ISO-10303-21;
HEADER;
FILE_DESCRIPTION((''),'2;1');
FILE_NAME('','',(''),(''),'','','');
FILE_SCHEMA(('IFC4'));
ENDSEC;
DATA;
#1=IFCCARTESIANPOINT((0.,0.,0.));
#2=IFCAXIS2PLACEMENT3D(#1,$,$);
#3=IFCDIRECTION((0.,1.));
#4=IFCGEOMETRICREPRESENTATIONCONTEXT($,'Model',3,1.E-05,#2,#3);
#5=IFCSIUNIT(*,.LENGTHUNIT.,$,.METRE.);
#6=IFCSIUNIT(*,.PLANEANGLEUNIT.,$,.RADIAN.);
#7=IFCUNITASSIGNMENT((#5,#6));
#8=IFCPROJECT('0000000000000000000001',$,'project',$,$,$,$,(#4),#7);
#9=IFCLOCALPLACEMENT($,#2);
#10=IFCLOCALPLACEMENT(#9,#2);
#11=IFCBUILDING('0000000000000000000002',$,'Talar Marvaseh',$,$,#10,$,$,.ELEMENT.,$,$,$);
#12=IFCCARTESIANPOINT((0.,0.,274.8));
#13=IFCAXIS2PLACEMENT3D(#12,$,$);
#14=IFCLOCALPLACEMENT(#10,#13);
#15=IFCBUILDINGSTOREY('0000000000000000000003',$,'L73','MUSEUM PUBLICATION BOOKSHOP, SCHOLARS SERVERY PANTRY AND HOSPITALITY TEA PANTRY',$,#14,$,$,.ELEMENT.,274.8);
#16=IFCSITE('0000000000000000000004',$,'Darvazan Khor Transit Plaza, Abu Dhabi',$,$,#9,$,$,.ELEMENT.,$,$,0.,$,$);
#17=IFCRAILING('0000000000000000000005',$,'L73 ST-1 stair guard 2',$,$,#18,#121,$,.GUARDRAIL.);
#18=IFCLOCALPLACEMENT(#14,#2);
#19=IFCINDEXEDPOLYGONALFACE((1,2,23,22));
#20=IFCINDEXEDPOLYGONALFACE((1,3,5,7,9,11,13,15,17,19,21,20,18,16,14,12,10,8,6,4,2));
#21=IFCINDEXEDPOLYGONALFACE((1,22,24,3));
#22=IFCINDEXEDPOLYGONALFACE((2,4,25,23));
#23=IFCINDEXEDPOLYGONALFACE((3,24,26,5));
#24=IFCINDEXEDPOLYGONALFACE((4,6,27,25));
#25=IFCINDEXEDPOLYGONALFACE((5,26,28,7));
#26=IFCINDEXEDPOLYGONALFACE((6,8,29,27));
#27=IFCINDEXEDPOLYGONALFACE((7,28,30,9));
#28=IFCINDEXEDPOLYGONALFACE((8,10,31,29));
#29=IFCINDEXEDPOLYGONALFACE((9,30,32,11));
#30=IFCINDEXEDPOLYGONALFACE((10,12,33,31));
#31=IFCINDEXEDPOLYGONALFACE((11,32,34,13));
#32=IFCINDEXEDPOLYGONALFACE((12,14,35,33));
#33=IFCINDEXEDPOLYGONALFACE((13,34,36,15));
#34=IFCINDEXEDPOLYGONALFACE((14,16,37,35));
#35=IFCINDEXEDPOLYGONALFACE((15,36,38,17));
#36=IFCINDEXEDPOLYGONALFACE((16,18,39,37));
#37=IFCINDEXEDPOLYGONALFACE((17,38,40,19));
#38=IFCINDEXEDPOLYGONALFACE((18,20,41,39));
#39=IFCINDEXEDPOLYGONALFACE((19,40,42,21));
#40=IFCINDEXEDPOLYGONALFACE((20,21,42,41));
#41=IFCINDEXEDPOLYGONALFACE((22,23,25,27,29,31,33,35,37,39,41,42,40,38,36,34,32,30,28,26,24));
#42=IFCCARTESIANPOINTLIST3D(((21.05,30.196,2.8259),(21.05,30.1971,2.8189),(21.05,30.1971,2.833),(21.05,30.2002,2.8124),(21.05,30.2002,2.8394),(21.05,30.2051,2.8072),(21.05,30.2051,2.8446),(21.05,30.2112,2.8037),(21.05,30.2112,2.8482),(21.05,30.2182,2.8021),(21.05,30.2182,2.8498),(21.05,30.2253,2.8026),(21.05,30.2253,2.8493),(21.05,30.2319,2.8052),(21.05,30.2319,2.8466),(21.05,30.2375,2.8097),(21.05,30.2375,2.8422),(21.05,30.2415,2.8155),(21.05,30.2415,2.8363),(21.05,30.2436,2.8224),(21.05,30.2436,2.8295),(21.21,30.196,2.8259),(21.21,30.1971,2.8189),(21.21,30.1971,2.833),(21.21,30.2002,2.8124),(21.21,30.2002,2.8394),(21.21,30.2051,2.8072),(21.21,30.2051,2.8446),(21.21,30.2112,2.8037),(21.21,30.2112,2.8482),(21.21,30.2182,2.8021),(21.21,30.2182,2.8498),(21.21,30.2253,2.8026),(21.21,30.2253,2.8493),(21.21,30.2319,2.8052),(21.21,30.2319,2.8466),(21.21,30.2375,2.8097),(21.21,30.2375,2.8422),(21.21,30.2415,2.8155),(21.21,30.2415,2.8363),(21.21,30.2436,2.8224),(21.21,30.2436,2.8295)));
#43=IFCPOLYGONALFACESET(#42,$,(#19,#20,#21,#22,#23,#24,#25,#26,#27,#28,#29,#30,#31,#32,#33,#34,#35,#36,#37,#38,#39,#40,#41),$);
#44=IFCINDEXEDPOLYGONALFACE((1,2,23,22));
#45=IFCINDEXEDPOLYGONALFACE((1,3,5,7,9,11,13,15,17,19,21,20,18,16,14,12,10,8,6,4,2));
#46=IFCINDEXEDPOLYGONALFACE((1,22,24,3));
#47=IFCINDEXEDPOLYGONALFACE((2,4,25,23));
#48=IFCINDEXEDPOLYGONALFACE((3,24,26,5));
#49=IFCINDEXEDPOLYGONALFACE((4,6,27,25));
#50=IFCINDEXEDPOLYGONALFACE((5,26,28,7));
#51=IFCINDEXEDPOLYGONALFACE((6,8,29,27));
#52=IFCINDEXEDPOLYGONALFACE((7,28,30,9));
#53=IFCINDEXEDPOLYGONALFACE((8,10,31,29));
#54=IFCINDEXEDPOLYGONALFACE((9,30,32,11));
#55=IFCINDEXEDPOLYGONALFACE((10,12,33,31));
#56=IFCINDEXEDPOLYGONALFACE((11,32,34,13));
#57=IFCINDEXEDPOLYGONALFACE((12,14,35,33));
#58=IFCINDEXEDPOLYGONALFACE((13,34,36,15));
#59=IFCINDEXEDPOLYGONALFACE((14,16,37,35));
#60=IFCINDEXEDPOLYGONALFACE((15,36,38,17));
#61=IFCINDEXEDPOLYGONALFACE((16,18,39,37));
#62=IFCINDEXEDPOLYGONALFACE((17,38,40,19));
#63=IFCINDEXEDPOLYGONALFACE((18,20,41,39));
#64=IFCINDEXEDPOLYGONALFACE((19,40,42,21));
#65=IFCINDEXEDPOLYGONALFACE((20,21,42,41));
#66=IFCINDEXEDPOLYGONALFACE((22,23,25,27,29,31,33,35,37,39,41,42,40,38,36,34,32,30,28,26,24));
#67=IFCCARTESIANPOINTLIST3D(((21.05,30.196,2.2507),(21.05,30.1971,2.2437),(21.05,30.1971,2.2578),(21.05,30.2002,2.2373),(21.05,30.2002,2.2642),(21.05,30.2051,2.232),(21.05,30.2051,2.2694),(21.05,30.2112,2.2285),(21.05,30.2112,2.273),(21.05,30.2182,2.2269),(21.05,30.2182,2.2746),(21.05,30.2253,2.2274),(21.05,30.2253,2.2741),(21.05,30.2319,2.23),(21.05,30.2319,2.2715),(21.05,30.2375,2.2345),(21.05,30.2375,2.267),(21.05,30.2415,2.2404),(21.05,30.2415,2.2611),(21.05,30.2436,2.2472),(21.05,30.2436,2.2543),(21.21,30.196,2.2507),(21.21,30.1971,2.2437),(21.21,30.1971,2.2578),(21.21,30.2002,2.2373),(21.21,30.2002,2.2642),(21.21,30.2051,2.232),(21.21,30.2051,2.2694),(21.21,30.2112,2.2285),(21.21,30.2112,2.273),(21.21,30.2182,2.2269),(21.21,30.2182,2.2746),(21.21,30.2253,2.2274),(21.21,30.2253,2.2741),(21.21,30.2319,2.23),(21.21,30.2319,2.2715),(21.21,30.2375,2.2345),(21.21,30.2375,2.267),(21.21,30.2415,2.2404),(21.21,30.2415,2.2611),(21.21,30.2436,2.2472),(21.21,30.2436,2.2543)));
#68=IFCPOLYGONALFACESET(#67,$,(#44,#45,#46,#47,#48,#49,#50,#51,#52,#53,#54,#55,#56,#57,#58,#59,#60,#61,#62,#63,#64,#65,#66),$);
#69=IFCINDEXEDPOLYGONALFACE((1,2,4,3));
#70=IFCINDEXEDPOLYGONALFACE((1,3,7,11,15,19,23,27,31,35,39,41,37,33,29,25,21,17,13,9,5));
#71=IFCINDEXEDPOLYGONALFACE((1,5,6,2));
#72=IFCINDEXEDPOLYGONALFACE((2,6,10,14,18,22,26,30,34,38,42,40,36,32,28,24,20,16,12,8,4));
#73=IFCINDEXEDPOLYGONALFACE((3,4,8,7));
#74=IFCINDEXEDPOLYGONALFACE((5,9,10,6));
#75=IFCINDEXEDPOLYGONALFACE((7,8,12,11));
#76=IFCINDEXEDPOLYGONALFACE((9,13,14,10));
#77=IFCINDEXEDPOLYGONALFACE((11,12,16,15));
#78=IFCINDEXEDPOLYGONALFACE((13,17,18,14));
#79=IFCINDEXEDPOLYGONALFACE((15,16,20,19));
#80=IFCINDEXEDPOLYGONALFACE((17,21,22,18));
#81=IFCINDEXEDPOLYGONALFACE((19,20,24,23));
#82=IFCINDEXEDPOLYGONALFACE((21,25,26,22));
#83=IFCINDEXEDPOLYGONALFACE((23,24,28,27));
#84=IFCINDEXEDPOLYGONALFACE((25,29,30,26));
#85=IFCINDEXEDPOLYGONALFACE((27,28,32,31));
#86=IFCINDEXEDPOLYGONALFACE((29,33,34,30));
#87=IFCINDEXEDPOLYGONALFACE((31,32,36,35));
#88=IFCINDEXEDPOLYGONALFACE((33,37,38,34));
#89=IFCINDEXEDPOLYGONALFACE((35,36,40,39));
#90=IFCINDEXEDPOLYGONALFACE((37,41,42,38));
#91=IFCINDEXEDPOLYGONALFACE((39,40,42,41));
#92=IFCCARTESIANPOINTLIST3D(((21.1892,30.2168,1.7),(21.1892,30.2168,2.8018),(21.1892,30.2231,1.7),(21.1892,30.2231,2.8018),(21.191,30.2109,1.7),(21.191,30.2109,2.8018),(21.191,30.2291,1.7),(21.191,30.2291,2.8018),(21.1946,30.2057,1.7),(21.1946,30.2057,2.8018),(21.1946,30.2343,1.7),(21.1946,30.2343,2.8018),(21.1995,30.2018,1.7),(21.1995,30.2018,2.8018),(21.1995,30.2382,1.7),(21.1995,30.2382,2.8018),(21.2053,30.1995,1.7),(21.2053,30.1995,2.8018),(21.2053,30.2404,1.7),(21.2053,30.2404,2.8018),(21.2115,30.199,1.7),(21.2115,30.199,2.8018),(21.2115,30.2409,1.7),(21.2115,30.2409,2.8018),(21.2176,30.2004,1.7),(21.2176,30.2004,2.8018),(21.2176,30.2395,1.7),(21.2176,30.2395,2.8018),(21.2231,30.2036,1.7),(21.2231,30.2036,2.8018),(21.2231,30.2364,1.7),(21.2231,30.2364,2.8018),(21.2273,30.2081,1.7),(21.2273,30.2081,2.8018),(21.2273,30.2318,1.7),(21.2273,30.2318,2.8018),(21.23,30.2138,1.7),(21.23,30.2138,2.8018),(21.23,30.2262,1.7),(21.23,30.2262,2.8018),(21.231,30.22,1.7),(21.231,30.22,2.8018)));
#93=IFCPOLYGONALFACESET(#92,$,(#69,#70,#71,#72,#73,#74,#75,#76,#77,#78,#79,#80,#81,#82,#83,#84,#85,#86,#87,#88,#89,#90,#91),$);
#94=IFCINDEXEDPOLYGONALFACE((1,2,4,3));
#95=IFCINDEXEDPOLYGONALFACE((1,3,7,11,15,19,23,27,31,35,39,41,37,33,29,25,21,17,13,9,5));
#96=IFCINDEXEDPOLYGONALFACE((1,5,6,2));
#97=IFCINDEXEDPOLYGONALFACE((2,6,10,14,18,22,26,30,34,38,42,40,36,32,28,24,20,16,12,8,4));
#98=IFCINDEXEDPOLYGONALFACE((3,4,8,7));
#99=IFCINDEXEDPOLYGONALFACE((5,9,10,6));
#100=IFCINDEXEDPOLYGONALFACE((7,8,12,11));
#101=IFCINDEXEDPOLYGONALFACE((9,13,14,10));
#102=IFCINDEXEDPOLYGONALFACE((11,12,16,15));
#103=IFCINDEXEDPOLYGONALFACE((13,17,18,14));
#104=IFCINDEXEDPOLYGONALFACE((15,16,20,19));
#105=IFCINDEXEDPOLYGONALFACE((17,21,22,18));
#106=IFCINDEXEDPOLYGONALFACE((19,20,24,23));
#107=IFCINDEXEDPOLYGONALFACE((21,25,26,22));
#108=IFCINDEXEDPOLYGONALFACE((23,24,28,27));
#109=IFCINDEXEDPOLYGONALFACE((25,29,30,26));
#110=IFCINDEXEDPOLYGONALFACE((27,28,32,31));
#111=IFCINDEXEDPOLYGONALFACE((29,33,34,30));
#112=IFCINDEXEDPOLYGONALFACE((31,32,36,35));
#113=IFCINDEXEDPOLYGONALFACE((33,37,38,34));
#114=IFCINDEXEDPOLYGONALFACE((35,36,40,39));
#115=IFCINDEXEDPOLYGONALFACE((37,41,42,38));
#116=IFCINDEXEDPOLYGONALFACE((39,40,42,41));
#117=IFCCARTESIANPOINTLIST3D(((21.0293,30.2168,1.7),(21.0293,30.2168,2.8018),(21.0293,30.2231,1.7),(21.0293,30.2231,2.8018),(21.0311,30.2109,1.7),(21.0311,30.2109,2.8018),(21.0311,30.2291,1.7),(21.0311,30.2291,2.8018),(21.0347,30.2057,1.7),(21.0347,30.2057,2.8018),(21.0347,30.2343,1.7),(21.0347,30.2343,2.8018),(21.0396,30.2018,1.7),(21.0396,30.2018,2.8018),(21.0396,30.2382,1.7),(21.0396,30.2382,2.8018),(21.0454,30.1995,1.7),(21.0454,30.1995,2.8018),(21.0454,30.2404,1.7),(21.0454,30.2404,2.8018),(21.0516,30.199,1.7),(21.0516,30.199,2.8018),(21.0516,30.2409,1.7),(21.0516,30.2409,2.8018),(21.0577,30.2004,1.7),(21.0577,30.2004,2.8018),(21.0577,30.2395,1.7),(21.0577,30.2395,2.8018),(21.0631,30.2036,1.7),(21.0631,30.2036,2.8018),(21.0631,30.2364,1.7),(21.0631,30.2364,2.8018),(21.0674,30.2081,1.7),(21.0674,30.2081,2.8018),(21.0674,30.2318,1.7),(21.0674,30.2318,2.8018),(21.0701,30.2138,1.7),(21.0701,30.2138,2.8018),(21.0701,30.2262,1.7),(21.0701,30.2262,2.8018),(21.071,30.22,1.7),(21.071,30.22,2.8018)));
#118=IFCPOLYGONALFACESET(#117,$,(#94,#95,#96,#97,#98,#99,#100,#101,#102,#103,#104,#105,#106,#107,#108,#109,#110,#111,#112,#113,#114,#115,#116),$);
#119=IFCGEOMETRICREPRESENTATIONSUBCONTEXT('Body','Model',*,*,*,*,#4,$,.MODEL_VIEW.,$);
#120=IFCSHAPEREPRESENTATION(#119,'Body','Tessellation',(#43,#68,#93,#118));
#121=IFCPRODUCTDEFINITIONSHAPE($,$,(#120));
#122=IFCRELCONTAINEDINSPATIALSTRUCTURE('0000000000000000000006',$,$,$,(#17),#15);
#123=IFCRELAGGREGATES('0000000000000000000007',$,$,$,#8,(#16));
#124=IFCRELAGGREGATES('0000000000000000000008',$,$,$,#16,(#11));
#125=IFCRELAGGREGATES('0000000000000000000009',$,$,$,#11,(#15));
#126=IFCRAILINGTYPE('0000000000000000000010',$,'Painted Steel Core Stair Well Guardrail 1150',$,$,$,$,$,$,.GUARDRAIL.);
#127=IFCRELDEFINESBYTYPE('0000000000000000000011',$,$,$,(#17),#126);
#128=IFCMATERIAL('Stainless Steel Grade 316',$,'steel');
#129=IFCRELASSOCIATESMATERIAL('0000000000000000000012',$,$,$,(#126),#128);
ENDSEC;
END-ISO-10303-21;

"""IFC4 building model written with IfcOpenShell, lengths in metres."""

from ifc_helpers import new_model, si_unit, direction, frame, origin, origin_2d, place, context, subcontext, project, spatial, circle, extrude, material, type_object, element, save


model = new_model("IFC4")

# Units and contexts
model_context = context("Model", 3, precision=1e-05, world=origin(), true_north=direction((0.0, 1.0)))
body_context = subcontext(model_context, "Body", "Model", "MODEL_VIEW")
ifc_project = project(units=[si_unit("LENGTHUNIT", "METRE"), si_unit("PLANEANGLEUNIT", "RADIAN")], contexts=[model_context])

# Site, building, storey
site_placement = place(None, origin())
site = spatial("IfcSite", under=ifc_project, at=site_placement, Name="Darvazan Khor Transit Plaza, Abu Dhabi", CompositionType="ELEMENT", RefElevation=0.0)
building_placement = place(site_placement, origin())
building = spatial("IfcBuilding", under=site, at=building_placement, Name="Talar Marvaseh", CompositionType="ELEMENT")
storey_placement = place(building_placement, frame((0.0, 0.0, 274.8)))
storey = spatial("IfcBuildingStorey", under=building, at=storey_placement, Name="L73", Description="MUSEUM PUBLICATION BOOKSHOP, SCHOLARS SERVERY PANTRY AND HOSPITALITY TEA PANTRY", CompositionType="ELEMENT", Elevation=274.8)

# Railing
ifc_material_1 = material(Name="Stainless Steel Grade 316", Category="steel")
railing_type_1 = type_object("IfcRailingType", Name="Painted Steel Core Stair Well Guardrail 1150", PredefinedType="GUARDRAIL", material=ifc_material_1)
railing_1_placement = place(storey_placement, frame((21.21, 30.22, 1.7)))
element("IfcRailing", 1, at=railing_1_placement, inside=storey, type_object=railing_type_1, Name="L73 ST-1 stair guard 2", PredefinedType="GUARDRAIL", context=body_context, shape_type="SweptSolid", body=[
    extrude(circle(Radius=0.0239, at=origin_2d()), frame((0.0, 0.0, 1.126), z_axis=(-1.0, 0.0, 0.0), x_axis=(0.0, -1.0, 0.0)), (0.0, 0.0, 1.0), 0.1599),
    extrude(circle(Radius=0.0239, at=origin_2d()), frame((0.0, 0.0, 0.5508), z_axis=(-1.0, 0.0, 0.0), x_axis=(0.0, -1.0, 0.0)), (0.0, 0.0, 1.0), 0.1599),
    extrude(circle(Radius=0.021, at=origin_2d()), origin(), (0.0, 0.0, 1.0), 1.1018),
    extrude(circle(Radius=0.021, at=origin_2d()), frame((-0.1599, 0.0, 0.0)), (0.0, 0.0, 1.0), 1.1018),
])

save(model, "model.ifc")
